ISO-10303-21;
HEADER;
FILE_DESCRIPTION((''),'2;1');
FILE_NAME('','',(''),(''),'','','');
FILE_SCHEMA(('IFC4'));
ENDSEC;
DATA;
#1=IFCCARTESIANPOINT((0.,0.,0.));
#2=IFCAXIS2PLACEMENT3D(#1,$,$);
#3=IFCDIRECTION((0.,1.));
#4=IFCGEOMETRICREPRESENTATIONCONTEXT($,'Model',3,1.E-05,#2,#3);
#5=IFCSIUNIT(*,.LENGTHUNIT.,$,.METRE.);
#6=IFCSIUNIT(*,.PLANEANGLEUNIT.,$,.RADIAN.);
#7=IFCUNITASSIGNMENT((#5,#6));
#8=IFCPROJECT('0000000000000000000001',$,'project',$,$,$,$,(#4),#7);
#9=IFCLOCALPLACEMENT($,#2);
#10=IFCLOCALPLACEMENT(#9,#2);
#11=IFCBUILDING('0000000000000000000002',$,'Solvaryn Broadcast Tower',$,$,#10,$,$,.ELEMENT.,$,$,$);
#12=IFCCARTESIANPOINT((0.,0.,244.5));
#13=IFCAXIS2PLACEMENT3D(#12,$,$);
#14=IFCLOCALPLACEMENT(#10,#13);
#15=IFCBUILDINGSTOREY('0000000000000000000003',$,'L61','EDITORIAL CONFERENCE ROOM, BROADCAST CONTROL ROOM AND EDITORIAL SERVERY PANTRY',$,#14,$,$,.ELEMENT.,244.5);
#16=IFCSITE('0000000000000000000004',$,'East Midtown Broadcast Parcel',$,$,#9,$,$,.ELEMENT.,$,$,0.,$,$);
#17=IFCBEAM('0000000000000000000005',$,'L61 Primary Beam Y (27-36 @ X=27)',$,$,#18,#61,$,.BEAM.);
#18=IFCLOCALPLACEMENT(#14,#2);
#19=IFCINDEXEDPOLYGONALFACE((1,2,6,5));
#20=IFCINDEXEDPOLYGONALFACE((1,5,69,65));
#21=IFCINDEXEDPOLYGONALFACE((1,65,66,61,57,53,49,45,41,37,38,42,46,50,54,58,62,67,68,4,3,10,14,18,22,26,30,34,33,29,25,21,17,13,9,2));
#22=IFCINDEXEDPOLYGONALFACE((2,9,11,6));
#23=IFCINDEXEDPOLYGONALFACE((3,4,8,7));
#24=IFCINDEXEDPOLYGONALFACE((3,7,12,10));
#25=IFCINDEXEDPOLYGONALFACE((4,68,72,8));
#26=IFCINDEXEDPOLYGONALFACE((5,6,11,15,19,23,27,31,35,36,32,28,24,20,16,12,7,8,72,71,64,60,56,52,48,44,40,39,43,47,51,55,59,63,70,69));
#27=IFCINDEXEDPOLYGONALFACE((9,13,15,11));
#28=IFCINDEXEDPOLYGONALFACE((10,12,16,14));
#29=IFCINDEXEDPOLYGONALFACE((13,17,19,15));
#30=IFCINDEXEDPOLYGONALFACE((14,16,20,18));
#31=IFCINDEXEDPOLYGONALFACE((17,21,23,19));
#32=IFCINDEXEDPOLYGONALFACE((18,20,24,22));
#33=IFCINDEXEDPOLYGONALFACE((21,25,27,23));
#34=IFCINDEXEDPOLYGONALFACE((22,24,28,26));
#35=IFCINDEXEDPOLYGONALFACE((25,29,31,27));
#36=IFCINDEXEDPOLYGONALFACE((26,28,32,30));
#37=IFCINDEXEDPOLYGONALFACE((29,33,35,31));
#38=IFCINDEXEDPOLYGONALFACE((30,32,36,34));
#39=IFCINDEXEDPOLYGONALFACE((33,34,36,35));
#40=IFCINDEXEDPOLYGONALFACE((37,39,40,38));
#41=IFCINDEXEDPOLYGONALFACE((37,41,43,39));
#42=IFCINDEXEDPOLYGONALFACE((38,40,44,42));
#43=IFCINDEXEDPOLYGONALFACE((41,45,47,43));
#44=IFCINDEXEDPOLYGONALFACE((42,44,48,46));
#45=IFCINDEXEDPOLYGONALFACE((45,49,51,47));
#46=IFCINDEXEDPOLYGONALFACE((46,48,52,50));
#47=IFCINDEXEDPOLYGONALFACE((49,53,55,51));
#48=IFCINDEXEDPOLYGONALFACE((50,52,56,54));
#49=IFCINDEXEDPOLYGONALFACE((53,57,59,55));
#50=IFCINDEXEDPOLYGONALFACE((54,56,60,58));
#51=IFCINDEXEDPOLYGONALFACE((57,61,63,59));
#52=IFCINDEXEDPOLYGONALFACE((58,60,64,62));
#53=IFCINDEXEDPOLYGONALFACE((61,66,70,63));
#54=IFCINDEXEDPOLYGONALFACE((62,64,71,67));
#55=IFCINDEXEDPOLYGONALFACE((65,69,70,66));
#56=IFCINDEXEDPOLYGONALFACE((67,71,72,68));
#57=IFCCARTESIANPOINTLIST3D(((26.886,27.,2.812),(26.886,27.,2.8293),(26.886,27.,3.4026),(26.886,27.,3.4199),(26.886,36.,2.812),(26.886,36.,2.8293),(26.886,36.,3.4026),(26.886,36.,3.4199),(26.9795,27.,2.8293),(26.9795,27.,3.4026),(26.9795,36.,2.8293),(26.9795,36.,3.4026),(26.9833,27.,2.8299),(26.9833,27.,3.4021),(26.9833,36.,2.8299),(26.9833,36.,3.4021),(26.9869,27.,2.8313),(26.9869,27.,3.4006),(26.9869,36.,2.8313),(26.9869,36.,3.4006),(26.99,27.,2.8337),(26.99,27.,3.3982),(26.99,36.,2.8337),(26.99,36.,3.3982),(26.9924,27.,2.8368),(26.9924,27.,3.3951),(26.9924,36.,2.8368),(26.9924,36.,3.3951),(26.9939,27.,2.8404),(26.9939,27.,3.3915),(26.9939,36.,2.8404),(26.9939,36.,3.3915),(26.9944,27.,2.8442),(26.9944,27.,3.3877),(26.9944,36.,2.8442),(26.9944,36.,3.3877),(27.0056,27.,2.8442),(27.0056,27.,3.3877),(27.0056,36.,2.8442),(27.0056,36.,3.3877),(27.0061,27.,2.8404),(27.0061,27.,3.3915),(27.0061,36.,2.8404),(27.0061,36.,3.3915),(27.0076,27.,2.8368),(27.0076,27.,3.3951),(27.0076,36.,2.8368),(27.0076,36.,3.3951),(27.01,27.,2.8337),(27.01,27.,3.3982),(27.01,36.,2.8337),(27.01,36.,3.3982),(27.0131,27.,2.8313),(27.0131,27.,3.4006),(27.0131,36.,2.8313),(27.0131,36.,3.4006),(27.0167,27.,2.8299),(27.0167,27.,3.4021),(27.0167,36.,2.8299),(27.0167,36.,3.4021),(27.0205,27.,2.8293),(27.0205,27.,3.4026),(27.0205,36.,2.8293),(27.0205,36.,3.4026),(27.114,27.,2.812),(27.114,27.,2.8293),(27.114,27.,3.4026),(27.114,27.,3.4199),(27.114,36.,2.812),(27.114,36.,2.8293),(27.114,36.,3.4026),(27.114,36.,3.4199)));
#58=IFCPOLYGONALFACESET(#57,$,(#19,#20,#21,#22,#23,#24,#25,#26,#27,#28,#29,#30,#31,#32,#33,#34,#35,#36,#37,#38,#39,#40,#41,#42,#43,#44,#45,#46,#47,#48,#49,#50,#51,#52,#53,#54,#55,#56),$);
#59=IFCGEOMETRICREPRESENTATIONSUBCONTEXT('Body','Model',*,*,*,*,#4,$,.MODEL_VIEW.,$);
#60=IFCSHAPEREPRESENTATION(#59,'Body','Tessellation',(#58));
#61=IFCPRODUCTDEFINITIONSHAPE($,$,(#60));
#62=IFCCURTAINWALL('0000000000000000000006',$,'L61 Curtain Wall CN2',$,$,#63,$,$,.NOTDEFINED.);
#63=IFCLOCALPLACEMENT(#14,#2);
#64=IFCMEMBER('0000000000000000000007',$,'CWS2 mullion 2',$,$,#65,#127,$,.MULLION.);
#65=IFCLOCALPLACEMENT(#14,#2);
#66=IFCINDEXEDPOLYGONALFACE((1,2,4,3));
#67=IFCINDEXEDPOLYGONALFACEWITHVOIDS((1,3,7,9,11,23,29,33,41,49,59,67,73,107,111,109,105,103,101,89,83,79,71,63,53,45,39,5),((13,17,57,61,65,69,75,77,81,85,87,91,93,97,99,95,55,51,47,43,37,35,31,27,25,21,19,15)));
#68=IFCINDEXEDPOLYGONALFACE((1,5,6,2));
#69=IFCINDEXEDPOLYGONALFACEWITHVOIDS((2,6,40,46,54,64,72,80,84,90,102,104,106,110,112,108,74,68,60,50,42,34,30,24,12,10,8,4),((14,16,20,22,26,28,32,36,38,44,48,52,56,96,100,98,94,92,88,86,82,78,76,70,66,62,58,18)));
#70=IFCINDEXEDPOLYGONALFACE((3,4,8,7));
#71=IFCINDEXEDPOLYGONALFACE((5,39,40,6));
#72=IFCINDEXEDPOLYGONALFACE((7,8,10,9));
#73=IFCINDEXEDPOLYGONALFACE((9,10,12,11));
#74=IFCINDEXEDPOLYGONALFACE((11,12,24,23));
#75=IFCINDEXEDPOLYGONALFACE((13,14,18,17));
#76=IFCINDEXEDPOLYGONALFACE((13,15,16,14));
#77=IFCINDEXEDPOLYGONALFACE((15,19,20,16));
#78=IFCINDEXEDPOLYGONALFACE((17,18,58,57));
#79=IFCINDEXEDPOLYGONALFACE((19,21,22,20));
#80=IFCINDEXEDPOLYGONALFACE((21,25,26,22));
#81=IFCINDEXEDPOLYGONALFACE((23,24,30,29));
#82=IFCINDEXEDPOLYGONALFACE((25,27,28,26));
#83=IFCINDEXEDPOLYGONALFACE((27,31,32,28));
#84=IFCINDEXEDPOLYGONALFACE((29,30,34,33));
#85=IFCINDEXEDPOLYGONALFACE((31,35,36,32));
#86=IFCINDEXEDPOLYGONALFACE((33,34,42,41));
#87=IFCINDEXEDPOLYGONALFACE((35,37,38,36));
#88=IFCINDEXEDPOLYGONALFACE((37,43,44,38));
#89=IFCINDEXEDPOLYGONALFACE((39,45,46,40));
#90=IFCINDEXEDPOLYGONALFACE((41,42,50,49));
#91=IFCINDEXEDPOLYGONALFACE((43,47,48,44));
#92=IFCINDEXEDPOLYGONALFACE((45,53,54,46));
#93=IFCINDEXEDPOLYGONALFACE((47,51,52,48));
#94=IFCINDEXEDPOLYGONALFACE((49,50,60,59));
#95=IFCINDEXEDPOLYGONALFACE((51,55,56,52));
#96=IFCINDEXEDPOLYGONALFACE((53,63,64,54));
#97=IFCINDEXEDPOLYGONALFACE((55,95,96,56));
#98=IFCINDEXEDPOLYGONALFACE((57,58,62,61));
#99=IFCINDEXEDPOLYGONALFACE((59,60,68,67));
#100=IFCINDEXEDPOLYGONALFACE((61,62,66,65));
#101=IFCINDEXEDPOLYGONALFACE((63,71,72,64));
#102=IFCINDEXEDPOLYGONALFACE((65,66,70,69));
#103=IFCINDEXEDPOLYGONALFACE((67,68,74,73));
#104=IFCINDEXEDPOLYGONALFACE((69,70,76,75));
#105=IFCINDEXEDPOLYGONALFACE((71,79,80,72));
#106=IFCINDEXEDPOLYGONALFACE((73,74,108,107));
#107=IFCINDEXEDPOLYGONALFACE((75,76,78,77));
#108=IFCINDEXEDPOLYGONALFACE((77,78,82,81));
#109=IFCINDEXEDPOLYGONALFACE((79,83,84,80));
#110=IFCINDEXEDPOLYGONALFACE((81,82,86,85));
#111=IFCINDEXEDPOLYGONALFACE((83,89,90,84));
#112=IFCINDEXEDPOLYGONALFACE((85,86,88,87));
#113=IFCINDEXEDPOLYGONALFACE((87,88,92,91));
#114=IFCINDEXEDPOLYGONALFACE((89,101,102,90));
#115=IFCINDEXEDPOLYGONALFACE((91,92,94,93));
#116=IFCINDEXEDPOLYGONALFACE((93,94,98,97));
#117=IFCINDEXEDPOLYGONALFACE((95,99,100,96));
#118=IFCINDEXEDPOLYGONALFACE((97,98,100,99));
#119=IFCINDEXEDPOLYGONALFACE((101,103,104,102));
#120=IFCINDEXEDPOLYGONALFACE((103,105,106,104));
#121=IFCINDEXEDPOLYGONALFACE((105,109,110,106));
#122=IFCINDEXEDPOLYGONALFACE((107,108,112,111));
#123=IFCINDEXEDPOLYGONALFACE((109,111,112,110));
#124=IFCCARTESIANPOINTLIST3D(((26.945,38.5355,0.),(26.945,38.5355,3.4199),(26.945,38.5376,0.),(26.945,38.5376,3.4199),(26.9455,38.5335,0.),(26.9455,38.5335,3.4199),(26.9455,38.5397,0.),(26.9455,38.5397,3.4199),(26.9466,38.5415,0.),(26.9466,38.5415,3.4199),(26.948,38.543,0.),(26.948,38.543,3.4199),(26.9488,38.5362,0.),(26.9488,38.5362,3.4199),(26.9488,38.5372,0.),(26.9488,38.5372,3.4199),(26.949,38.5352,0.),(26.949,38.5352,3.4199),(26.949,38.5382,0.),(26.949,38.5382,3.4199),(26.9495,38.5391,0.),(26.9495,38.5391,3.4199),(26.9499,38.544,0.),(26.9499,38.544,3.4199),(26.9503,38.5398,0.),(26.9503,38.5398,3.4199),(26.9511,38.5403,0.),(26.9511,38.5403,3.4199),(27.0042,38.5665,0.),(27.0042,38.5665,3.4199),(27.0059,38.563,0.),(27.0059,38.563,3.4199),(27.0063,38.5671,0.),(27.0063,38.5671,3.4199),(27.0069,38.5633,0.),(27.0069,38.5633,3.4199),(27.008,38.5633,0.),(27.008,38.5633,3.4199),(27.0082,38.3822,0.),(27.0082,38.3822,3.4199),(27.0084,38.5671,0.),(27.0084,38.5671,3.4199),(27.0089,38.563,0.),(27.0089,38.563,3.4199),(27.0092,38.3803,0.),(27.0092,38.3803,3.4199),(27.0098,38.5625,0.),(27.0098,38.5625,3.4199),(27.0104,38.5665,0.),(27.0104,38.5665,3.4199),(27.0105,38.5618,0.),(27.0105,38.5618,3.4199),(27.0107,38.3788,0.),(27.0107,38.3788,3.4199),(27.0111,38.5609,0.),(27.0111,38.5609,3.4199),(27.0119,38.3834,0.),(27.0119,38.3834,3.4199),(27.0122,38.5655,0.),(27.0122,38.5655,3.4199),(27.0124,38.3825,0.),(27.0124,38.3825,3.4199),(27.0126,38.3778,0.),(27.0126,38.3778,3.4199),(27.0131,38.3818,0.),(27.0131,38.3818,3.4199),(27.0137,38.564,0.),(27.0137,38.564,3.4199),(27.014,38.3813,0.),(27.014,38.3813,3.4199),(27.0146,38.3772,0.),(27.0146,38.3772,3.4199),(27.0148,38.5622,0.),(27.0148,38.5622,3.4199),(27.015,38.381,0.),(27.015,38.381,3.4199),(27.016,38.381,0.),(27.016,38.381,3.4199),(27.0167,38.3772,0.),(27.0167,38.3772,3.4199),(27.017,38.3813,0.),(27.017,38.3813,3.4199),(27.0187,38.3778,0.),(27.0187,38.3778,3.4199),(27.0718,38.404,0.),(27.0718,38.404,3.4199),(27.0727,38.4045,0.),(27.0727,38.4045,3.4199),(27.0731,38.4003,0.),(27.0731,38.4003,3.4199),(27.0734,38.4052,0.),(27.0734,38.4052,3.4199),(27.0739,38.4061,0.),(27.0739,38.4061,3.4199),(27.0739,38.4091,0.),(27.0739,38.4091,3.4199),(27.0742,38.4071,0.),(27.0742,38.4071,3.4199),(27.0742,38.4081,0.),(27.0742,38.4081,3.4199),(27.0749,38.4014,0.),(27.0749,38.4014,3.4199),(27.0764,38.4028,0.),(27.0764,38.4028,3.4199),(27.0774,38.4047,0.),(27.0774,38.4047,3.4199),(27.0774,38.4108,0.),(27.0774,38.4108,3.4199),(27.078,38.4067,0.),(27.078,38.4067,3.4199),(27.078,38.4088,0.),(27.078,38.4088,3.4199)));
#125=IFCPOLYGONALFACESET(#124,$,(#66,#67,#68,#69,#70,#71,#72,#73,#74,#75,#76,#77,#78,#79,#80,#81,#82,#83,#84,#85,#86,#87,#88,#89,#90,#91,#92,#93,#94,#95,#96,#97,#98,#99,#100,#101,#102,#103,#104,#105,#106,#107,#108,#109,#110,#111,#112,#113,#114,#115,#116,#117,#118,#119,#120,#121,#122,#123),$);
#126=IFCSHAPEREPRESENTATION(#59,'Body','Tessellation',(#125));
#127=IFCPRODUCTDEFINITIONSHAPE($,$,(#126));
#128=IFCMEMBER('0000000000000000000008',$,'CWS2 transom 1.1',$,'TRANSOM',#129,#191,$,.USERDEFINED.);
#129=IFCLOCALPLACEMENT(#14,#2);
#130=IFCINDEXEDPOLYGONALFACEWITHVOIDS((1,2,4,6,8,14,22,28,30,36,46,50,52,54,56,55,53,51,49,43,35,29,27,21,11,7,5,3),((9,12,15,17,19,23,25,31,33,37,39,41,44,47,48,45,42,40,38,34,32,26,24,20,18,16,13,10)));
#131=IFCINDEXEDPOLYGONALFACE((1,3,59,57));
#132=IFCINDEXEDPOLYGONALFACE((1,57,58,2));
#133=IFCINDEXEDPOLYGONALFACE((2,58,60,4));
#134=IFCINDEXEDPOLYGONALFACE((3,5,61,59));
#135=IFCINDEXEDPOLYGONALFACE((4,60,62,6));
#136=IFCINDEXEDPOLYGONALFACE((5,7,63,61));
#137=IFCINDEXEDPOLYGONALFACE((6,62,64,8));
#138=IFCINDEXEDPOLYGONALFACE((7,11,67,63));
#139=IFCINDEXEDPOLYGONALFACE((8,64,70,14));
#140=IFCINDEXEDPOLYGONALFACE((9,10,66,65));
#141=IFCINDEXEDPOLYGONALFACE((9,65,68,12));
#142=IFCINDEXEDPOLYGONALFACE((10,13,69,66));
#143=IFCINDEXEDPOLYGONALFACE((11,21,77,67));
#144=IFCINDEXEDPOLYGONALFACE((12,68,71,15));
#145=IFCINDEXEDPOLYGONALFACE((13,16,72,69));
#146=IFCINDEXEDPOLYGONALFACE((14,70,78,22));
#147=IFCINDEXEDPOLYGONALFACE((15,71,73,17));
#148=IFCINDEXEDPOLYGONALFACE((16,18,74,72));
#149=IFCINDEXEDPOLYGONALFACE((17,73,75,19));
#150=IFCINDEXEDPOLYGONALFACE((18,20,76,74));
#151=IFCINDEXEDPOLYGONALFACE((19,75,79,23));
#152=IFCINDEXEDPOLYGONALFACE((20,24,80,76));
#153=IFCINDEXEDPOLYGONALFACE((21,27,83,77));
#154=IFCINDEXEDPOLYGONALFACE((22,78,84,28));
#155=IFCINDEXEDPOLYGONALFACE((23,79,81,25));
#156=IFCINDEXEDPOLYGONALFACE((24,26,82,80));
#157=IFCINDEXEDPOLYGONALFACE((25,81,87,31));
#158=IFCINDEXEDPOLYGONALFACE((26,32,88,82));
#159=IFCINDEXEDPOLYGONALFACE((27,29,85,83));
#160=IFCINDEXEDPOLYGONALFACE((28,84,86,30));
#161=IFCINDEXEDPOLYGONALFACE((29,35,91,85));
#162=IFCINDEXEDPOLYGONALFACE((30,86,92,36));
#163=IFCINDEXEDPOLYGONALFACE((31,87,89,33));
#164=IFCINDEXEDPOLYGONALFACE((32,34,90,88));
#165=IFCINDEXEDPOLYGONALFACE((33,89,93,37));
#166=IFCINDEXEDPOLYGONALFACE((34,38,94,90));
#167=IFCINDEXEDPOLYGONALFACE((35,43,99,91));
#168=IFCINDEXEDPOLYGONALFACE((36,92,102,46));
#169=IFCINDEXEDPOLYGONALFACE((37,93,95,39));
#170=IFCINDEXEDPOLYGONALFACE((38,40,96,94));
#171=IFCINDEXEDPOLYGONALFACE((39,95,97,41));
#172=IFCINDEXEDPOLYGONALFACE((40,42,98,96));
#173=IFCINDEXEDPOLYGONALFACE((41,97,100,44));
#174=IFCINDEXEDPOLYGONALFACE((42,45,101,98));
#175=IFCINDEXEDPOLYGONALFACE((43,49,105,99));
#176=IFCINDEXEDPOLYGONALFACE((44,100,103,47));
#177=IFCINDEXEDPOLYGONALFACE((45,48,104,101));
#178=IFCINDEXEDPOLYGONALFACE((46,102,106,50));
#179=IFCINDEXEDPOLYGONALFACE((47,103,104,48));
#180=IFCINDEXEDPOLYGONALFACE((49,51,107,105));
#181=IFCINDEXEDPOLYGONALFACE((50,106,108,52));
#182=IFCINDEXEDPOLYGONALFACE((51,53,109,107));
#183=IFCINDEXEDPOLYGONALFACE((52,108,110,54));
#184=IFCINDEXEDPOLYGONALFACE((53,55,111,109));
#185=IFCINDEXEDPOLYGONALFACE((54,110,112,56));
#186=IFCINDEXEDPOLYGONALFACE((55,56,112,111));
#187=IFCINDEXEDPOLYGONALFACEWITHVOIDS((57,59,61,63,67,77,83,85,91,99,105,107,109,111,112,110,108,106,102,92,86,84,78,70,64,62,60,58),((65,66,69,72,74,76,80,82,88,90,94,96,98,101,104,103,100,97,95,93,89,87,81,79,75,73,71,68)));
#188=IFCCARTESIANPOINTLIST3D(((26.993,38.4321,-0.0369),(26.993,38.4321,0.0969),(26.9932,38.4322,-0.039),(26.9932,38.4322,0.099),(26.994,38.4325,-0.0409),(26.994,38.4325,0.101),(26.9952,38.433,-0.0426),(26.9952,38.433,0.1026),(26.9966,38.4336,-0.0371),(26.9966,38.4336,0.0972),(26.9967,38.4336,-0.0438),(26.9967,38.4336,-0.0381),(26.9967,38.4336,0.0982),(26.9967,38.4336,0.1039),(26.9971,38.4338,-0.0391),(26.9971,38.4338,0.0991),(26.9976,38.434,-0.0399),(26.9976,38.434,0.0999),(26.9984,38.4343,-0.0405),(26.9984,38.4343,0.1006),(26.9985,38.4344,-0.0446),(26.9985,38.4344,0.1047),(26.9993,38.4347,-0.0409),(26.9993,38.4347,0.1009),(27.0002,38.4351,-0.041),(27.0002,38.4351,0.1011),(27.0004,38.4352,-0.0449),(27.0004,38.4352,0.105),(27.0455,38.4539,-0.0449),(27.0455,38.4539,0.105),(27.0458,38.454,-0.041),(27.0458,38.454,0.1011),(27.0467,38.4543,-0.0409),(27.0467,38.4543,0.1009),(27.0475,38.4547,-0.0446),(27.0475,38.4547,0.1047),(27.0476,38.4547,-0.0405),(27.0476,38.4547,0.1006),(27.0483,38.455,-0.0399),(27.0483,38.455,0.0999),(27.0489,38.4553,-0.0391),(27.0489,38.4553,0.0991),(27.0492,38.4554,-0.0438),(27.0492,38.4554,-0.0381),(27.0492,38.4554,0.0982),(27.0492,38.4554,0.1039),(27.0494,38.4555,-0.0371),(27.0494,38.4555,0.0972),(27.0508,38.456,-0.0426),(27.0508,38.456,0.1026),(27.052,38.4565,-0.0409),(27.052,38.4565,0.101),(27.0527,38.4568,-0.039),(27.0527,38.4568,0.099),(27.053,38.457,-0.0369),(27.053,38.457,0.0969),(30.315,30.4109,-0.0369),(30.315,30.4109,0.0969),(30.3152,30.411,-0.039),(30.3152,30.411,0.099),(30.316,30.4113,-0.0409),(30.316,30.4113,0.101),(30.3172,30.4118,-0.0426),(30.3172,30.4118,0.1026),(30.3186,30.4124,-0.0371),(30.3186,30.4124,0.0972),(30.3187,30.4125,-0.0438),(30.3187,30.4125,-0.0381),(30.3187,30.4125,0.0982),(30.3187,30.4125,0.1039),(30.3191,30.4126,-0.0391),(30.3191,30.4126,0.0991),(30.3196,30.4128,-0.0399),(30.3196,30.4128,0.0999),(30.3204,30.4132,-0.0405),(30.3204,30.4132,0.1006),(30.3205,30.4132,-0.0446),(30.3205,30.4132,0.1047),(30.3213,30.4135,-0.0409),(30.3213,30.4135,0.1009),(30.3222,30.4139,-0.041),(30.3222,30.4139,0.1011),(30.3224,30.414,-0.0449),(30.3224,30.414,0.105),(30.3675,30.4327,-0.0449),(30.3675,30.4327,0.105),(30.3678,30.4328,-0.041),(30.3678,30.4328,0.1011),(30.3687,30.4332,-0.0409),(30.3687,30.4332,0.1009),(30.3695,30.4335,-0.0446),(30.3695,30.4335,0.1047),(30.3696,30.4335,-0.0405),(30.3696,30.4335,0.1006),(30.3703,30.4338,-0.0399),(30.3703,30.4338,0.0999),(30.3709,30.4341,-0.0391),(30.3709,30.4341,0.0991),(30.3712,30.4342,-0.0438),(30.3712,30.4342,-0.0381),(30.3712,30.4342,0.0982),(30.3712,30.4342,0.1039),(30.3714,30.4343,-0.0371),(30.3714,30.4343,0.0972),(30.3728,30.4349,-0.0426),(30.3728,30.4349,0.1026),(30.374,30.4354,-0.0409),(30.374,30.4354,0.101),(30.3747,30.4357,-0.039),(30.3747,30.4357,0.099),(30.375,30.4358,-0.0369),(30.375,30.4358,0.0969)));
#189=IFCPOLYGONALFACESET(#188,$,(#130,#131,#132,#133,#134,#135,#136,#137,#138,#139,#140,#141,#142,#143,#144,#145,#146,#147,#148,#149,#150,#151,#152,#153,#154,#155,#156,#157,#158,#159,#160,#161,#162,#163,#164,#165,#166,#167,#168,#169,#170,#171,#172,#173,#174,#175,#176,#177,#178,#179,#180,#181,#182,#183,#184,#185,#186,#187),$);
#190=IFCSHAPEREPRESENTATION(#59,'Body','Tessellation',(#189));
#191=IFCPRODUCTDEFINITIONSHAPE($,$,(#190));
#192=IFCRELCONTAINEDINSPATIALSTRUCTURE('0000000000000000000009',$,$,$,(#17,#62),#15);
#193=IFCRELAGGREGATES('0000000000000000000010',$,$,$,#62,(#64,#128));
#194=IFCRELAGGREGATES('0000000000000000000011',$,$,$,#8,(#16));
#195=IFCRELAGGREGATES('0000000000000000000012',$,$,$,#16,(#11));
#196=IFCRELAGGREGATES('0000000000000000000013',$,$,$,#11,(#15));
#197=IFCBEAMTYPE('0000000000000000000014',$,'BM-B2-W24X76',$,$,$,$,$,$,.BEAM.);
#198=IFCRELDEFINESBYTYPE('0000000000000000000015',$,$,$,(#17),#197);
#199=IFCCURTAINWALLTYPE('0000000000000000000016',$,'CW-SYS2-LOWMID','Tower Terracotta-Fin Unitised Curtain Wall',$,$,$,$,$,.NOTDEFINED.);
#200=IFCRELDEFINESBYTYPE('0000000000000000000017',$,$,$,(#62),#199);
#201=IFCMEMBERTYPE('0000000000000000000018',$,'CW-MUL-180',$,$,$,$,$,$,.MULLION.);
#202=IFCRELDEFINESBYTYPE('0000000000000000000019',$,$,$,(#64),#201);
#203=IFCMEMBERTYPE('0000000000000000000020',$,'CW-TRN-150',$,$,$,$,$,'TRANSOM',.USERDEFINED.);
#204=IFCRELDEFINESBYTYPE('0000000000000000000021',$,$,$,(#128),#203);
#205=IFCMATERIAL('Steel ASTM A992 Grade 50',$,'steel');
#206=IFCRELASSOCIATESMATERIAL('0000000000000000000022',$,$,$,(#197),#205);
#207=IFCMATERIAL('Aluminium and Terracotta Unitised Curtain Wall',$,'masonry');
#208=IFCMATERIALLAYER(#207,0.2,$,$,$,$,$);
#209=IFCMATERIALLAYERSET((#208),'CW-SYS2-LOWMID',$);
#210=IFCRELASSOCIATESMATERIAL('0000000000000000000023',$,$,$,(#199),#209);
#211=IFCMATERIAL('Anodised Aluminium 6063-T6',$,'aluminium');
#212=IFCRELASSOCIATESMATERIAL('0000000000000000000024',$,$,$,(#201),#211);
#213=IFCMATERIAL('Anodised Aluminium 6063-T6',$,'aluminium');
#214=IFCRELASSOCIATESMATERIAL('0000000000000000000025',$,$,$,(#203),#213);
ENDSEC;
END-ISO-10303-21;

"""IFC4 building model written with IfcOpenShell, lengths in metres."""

from ifc_helpers import new_model, si_unit, direction, frame, origin, origin_2d, place, context, subcontext, project, spatial, hollow_rectangle, i_section, extrude, material, layer, layer_set, material_profile, profile_set, type_object, element, aggregate, save


model = new_model("IFC4")

# Units and contexts
model_context = context("Model", 3, precision=1e-05, world=origin(), true_north=direction((0.0, 1.0)))
body_context = subcontext(model_context, "Body", "Model", "MODEL_VIEW")
ifc_project = project(units=[si_unit("LENGTHUNIT", "METRE"), si_unit("PLANEANGLEUNIT", "RADIAN")], contexts=[model_context])

# Site, building, storey
site_placement = place(None, origin())
site = spatial("IfcSite", under=ifc_project, at=site_placement, Name="East Midtown Broadcast Parcel", CompositionType="ELEMENT", RefElevation=0.0)
building_placement = place(site_placement, origin())
building = spatial("IfcBuilding", under=site, at=building_placement, Name="Solvaryn Broadcast Tower", CompositionType="ELEMENT")
storey_placement = place(building_placement, frame((0.0, 0.0, 244.5)))
storey = spatial("IfcBuildingStorey", under=building, at=storey_placement, Name="L61", Description="EDITORIAL CONFERENCE ROOM, BROADCAST CONTROL ROOM AND EDITORIAL SERVERY PANTRY", CompositionType="ELEMENT", Elevation=244.5)

# Beam
ifc_material_1 = material(Name="Steel ASTM A992 Grade 50", Category="steel")
ifc_material_profile_1 = material_profile(ifc_material_1, i_section(OverallWidth=0.228, OverallDepth=0.6079, WebThickness=0.0112, FlangeThickness=0.0173, FilletRadius=0.0149, at=origin_2d()))
ifc_profile_set_1 = profile_set([ifc_material_profile_1], Name="Steel ASTM A992 Grade 50")
beam_type_1 = type_object("IfcBeamType", Name="BM-B2-W24X76", PredefinedType="BEAM", material=ifc_profile_set_1)
beam_1_placement = place(storey_placement, frame((27.0, 27.0, 3.116), z_axis=(0.0, 1.0, 0.0), x_axis=(-1.0, 0.0, 0.0)))
element("IfcBeam", 1, at=beam_1_placement, inside=storey, type_object=beam_type_1, Name="L61 Primary Beam Y (27-36 @ X=27)", PredefinedType="BEAM", context=body_context, shape_type="SweptSolid", body=[
    extrude(i_section(OverallWidth=0.228, OverallDepth=0.6079, WebThickness=0.0112, FlangeThickness=0.0173, FilletRadius=0.0149, at=origin_2d()), origin(), (0.0, 0.0, 1.0), 9.0),
])

# Curtain wall, members
ifc_material_2 = material(Name="Aluminium and Terracotta Unitised Curtain Wall", Category="masonry")
ifc_layer_1 = layer(ifc_material_2, 0.2)
ifc_layer_set_1 = layer_set([ifc_layer_1], Name="CW-SYS2-LOWMID")
curtain_wall_type = type_object("IfcCurtainWallType", Name="CW-SYS2-LOWMID", Description="Tower Terracotta-Fin Unitised Curtain Wall", PredefinedType="NOTDEFINED", material=ifc_layer_set_1)
curtain_wall_placement = place(storey_placement, origin())
curtain_wall = element("IfcCurtainWall", 2, at=curtain_wall_placement, inside=storey, type_object=curtain_wall_type, Name="L61 Curtain Wall CN2", PredefinedType="NOTDEFINED")
ifc_material_3 = material(Name="Anodised Aluminium 6063-T6", Category="aluminium")
ifc_material_profile_2 = material_profile(ifc_material_3, hollow_rectangle(XDim=0.075, YDim=0.1799, WallThickness=0.0039, InnerFilletRadius=0.0039, OuterFilletRadius=0.0081, at=origin_2d()))
ifc_profile_set_2 = profile_set([ifc_material_profile_2], Name="Anodised Aluminium 6063-T6")
member_type_1 = type_object("IfcMemberType", Name="CW-MUL-180", PredefinedType="MULLION", material=ifc_profile_set_2)
member_1_placement = place(storey_placement, frame((27.0115, 38.4722, 0.0), z_axis=(0.0, 0.0, 1.0), x_axis=(-0.923895, -0.382646, 0.0)))
member_1 = element("IfcMember", 3, at=member_1_placement, type_object=member_type_1, Name="CWS2 mullion 2", PredefinedType="MULLION", context=body_context, shape_type="SweptSolid", body=[
    extrude(hollow_rectangle(XDim=0.075, YDim=0.1799, WallThickness=0.0039, InnerFilletRadius=0.0039, OuterFilletRadius=0.0081, at=origin_2d()), origin(), (0.0, 0.0, 1.0), 3.4199),
])
ifc_material_4 = material(Name="Anodised Aluminium 6063-T6", Category="aluminium")
ifc_material_profile_3 = material_profile(ifc_material_4, hollow_rectangle(XDim=0.0649, YDim=0.1499, WallThickness=0.0039, InnerFilletRadius=0.0039, OuterFilletRadius=0.0081, at=origin_2d()))
ifc_profile_set_3 = profile_set([ifc_material_profile_3], Name="Anodised Aluminium 6063-T6")
member_type_2 = type_object("IfcMemberType", Name="CW-TRN-150", ElementType="TRANSOM", PredefinedType="USERDEFINED", material=ifc_profile_set_3)
member_2_placement = place(storey_placement, frame((30.345, 30.4233, 0.03), z_axis=(-0.382636, 0.923899, 0.0), x_axis=(-0.923899, -0.382636, 0.0)))
member_2 = element("IfcMember", 4, at=member_2_placement, type_object=member_type_2, Name="CWS2 transom 1.1", ObjectType="TRANSOM", PredefinedType="USERDEFINED", context=body_context, shape_type="SweptSolid", body=[
    extrude(hollow_rectangle(XDim=0.0649, YDim=0.1499, WallThickness=0.0039, InnerFilletRadius=0.0039, OuterFilletRadius=0.0081, at=origin_2d()), origin(), (0.0, 0.0, 1.0), 8.6819),
])
aggregate(curtain_wall, [member_1, member_2])

save(model, "model.ifc")
